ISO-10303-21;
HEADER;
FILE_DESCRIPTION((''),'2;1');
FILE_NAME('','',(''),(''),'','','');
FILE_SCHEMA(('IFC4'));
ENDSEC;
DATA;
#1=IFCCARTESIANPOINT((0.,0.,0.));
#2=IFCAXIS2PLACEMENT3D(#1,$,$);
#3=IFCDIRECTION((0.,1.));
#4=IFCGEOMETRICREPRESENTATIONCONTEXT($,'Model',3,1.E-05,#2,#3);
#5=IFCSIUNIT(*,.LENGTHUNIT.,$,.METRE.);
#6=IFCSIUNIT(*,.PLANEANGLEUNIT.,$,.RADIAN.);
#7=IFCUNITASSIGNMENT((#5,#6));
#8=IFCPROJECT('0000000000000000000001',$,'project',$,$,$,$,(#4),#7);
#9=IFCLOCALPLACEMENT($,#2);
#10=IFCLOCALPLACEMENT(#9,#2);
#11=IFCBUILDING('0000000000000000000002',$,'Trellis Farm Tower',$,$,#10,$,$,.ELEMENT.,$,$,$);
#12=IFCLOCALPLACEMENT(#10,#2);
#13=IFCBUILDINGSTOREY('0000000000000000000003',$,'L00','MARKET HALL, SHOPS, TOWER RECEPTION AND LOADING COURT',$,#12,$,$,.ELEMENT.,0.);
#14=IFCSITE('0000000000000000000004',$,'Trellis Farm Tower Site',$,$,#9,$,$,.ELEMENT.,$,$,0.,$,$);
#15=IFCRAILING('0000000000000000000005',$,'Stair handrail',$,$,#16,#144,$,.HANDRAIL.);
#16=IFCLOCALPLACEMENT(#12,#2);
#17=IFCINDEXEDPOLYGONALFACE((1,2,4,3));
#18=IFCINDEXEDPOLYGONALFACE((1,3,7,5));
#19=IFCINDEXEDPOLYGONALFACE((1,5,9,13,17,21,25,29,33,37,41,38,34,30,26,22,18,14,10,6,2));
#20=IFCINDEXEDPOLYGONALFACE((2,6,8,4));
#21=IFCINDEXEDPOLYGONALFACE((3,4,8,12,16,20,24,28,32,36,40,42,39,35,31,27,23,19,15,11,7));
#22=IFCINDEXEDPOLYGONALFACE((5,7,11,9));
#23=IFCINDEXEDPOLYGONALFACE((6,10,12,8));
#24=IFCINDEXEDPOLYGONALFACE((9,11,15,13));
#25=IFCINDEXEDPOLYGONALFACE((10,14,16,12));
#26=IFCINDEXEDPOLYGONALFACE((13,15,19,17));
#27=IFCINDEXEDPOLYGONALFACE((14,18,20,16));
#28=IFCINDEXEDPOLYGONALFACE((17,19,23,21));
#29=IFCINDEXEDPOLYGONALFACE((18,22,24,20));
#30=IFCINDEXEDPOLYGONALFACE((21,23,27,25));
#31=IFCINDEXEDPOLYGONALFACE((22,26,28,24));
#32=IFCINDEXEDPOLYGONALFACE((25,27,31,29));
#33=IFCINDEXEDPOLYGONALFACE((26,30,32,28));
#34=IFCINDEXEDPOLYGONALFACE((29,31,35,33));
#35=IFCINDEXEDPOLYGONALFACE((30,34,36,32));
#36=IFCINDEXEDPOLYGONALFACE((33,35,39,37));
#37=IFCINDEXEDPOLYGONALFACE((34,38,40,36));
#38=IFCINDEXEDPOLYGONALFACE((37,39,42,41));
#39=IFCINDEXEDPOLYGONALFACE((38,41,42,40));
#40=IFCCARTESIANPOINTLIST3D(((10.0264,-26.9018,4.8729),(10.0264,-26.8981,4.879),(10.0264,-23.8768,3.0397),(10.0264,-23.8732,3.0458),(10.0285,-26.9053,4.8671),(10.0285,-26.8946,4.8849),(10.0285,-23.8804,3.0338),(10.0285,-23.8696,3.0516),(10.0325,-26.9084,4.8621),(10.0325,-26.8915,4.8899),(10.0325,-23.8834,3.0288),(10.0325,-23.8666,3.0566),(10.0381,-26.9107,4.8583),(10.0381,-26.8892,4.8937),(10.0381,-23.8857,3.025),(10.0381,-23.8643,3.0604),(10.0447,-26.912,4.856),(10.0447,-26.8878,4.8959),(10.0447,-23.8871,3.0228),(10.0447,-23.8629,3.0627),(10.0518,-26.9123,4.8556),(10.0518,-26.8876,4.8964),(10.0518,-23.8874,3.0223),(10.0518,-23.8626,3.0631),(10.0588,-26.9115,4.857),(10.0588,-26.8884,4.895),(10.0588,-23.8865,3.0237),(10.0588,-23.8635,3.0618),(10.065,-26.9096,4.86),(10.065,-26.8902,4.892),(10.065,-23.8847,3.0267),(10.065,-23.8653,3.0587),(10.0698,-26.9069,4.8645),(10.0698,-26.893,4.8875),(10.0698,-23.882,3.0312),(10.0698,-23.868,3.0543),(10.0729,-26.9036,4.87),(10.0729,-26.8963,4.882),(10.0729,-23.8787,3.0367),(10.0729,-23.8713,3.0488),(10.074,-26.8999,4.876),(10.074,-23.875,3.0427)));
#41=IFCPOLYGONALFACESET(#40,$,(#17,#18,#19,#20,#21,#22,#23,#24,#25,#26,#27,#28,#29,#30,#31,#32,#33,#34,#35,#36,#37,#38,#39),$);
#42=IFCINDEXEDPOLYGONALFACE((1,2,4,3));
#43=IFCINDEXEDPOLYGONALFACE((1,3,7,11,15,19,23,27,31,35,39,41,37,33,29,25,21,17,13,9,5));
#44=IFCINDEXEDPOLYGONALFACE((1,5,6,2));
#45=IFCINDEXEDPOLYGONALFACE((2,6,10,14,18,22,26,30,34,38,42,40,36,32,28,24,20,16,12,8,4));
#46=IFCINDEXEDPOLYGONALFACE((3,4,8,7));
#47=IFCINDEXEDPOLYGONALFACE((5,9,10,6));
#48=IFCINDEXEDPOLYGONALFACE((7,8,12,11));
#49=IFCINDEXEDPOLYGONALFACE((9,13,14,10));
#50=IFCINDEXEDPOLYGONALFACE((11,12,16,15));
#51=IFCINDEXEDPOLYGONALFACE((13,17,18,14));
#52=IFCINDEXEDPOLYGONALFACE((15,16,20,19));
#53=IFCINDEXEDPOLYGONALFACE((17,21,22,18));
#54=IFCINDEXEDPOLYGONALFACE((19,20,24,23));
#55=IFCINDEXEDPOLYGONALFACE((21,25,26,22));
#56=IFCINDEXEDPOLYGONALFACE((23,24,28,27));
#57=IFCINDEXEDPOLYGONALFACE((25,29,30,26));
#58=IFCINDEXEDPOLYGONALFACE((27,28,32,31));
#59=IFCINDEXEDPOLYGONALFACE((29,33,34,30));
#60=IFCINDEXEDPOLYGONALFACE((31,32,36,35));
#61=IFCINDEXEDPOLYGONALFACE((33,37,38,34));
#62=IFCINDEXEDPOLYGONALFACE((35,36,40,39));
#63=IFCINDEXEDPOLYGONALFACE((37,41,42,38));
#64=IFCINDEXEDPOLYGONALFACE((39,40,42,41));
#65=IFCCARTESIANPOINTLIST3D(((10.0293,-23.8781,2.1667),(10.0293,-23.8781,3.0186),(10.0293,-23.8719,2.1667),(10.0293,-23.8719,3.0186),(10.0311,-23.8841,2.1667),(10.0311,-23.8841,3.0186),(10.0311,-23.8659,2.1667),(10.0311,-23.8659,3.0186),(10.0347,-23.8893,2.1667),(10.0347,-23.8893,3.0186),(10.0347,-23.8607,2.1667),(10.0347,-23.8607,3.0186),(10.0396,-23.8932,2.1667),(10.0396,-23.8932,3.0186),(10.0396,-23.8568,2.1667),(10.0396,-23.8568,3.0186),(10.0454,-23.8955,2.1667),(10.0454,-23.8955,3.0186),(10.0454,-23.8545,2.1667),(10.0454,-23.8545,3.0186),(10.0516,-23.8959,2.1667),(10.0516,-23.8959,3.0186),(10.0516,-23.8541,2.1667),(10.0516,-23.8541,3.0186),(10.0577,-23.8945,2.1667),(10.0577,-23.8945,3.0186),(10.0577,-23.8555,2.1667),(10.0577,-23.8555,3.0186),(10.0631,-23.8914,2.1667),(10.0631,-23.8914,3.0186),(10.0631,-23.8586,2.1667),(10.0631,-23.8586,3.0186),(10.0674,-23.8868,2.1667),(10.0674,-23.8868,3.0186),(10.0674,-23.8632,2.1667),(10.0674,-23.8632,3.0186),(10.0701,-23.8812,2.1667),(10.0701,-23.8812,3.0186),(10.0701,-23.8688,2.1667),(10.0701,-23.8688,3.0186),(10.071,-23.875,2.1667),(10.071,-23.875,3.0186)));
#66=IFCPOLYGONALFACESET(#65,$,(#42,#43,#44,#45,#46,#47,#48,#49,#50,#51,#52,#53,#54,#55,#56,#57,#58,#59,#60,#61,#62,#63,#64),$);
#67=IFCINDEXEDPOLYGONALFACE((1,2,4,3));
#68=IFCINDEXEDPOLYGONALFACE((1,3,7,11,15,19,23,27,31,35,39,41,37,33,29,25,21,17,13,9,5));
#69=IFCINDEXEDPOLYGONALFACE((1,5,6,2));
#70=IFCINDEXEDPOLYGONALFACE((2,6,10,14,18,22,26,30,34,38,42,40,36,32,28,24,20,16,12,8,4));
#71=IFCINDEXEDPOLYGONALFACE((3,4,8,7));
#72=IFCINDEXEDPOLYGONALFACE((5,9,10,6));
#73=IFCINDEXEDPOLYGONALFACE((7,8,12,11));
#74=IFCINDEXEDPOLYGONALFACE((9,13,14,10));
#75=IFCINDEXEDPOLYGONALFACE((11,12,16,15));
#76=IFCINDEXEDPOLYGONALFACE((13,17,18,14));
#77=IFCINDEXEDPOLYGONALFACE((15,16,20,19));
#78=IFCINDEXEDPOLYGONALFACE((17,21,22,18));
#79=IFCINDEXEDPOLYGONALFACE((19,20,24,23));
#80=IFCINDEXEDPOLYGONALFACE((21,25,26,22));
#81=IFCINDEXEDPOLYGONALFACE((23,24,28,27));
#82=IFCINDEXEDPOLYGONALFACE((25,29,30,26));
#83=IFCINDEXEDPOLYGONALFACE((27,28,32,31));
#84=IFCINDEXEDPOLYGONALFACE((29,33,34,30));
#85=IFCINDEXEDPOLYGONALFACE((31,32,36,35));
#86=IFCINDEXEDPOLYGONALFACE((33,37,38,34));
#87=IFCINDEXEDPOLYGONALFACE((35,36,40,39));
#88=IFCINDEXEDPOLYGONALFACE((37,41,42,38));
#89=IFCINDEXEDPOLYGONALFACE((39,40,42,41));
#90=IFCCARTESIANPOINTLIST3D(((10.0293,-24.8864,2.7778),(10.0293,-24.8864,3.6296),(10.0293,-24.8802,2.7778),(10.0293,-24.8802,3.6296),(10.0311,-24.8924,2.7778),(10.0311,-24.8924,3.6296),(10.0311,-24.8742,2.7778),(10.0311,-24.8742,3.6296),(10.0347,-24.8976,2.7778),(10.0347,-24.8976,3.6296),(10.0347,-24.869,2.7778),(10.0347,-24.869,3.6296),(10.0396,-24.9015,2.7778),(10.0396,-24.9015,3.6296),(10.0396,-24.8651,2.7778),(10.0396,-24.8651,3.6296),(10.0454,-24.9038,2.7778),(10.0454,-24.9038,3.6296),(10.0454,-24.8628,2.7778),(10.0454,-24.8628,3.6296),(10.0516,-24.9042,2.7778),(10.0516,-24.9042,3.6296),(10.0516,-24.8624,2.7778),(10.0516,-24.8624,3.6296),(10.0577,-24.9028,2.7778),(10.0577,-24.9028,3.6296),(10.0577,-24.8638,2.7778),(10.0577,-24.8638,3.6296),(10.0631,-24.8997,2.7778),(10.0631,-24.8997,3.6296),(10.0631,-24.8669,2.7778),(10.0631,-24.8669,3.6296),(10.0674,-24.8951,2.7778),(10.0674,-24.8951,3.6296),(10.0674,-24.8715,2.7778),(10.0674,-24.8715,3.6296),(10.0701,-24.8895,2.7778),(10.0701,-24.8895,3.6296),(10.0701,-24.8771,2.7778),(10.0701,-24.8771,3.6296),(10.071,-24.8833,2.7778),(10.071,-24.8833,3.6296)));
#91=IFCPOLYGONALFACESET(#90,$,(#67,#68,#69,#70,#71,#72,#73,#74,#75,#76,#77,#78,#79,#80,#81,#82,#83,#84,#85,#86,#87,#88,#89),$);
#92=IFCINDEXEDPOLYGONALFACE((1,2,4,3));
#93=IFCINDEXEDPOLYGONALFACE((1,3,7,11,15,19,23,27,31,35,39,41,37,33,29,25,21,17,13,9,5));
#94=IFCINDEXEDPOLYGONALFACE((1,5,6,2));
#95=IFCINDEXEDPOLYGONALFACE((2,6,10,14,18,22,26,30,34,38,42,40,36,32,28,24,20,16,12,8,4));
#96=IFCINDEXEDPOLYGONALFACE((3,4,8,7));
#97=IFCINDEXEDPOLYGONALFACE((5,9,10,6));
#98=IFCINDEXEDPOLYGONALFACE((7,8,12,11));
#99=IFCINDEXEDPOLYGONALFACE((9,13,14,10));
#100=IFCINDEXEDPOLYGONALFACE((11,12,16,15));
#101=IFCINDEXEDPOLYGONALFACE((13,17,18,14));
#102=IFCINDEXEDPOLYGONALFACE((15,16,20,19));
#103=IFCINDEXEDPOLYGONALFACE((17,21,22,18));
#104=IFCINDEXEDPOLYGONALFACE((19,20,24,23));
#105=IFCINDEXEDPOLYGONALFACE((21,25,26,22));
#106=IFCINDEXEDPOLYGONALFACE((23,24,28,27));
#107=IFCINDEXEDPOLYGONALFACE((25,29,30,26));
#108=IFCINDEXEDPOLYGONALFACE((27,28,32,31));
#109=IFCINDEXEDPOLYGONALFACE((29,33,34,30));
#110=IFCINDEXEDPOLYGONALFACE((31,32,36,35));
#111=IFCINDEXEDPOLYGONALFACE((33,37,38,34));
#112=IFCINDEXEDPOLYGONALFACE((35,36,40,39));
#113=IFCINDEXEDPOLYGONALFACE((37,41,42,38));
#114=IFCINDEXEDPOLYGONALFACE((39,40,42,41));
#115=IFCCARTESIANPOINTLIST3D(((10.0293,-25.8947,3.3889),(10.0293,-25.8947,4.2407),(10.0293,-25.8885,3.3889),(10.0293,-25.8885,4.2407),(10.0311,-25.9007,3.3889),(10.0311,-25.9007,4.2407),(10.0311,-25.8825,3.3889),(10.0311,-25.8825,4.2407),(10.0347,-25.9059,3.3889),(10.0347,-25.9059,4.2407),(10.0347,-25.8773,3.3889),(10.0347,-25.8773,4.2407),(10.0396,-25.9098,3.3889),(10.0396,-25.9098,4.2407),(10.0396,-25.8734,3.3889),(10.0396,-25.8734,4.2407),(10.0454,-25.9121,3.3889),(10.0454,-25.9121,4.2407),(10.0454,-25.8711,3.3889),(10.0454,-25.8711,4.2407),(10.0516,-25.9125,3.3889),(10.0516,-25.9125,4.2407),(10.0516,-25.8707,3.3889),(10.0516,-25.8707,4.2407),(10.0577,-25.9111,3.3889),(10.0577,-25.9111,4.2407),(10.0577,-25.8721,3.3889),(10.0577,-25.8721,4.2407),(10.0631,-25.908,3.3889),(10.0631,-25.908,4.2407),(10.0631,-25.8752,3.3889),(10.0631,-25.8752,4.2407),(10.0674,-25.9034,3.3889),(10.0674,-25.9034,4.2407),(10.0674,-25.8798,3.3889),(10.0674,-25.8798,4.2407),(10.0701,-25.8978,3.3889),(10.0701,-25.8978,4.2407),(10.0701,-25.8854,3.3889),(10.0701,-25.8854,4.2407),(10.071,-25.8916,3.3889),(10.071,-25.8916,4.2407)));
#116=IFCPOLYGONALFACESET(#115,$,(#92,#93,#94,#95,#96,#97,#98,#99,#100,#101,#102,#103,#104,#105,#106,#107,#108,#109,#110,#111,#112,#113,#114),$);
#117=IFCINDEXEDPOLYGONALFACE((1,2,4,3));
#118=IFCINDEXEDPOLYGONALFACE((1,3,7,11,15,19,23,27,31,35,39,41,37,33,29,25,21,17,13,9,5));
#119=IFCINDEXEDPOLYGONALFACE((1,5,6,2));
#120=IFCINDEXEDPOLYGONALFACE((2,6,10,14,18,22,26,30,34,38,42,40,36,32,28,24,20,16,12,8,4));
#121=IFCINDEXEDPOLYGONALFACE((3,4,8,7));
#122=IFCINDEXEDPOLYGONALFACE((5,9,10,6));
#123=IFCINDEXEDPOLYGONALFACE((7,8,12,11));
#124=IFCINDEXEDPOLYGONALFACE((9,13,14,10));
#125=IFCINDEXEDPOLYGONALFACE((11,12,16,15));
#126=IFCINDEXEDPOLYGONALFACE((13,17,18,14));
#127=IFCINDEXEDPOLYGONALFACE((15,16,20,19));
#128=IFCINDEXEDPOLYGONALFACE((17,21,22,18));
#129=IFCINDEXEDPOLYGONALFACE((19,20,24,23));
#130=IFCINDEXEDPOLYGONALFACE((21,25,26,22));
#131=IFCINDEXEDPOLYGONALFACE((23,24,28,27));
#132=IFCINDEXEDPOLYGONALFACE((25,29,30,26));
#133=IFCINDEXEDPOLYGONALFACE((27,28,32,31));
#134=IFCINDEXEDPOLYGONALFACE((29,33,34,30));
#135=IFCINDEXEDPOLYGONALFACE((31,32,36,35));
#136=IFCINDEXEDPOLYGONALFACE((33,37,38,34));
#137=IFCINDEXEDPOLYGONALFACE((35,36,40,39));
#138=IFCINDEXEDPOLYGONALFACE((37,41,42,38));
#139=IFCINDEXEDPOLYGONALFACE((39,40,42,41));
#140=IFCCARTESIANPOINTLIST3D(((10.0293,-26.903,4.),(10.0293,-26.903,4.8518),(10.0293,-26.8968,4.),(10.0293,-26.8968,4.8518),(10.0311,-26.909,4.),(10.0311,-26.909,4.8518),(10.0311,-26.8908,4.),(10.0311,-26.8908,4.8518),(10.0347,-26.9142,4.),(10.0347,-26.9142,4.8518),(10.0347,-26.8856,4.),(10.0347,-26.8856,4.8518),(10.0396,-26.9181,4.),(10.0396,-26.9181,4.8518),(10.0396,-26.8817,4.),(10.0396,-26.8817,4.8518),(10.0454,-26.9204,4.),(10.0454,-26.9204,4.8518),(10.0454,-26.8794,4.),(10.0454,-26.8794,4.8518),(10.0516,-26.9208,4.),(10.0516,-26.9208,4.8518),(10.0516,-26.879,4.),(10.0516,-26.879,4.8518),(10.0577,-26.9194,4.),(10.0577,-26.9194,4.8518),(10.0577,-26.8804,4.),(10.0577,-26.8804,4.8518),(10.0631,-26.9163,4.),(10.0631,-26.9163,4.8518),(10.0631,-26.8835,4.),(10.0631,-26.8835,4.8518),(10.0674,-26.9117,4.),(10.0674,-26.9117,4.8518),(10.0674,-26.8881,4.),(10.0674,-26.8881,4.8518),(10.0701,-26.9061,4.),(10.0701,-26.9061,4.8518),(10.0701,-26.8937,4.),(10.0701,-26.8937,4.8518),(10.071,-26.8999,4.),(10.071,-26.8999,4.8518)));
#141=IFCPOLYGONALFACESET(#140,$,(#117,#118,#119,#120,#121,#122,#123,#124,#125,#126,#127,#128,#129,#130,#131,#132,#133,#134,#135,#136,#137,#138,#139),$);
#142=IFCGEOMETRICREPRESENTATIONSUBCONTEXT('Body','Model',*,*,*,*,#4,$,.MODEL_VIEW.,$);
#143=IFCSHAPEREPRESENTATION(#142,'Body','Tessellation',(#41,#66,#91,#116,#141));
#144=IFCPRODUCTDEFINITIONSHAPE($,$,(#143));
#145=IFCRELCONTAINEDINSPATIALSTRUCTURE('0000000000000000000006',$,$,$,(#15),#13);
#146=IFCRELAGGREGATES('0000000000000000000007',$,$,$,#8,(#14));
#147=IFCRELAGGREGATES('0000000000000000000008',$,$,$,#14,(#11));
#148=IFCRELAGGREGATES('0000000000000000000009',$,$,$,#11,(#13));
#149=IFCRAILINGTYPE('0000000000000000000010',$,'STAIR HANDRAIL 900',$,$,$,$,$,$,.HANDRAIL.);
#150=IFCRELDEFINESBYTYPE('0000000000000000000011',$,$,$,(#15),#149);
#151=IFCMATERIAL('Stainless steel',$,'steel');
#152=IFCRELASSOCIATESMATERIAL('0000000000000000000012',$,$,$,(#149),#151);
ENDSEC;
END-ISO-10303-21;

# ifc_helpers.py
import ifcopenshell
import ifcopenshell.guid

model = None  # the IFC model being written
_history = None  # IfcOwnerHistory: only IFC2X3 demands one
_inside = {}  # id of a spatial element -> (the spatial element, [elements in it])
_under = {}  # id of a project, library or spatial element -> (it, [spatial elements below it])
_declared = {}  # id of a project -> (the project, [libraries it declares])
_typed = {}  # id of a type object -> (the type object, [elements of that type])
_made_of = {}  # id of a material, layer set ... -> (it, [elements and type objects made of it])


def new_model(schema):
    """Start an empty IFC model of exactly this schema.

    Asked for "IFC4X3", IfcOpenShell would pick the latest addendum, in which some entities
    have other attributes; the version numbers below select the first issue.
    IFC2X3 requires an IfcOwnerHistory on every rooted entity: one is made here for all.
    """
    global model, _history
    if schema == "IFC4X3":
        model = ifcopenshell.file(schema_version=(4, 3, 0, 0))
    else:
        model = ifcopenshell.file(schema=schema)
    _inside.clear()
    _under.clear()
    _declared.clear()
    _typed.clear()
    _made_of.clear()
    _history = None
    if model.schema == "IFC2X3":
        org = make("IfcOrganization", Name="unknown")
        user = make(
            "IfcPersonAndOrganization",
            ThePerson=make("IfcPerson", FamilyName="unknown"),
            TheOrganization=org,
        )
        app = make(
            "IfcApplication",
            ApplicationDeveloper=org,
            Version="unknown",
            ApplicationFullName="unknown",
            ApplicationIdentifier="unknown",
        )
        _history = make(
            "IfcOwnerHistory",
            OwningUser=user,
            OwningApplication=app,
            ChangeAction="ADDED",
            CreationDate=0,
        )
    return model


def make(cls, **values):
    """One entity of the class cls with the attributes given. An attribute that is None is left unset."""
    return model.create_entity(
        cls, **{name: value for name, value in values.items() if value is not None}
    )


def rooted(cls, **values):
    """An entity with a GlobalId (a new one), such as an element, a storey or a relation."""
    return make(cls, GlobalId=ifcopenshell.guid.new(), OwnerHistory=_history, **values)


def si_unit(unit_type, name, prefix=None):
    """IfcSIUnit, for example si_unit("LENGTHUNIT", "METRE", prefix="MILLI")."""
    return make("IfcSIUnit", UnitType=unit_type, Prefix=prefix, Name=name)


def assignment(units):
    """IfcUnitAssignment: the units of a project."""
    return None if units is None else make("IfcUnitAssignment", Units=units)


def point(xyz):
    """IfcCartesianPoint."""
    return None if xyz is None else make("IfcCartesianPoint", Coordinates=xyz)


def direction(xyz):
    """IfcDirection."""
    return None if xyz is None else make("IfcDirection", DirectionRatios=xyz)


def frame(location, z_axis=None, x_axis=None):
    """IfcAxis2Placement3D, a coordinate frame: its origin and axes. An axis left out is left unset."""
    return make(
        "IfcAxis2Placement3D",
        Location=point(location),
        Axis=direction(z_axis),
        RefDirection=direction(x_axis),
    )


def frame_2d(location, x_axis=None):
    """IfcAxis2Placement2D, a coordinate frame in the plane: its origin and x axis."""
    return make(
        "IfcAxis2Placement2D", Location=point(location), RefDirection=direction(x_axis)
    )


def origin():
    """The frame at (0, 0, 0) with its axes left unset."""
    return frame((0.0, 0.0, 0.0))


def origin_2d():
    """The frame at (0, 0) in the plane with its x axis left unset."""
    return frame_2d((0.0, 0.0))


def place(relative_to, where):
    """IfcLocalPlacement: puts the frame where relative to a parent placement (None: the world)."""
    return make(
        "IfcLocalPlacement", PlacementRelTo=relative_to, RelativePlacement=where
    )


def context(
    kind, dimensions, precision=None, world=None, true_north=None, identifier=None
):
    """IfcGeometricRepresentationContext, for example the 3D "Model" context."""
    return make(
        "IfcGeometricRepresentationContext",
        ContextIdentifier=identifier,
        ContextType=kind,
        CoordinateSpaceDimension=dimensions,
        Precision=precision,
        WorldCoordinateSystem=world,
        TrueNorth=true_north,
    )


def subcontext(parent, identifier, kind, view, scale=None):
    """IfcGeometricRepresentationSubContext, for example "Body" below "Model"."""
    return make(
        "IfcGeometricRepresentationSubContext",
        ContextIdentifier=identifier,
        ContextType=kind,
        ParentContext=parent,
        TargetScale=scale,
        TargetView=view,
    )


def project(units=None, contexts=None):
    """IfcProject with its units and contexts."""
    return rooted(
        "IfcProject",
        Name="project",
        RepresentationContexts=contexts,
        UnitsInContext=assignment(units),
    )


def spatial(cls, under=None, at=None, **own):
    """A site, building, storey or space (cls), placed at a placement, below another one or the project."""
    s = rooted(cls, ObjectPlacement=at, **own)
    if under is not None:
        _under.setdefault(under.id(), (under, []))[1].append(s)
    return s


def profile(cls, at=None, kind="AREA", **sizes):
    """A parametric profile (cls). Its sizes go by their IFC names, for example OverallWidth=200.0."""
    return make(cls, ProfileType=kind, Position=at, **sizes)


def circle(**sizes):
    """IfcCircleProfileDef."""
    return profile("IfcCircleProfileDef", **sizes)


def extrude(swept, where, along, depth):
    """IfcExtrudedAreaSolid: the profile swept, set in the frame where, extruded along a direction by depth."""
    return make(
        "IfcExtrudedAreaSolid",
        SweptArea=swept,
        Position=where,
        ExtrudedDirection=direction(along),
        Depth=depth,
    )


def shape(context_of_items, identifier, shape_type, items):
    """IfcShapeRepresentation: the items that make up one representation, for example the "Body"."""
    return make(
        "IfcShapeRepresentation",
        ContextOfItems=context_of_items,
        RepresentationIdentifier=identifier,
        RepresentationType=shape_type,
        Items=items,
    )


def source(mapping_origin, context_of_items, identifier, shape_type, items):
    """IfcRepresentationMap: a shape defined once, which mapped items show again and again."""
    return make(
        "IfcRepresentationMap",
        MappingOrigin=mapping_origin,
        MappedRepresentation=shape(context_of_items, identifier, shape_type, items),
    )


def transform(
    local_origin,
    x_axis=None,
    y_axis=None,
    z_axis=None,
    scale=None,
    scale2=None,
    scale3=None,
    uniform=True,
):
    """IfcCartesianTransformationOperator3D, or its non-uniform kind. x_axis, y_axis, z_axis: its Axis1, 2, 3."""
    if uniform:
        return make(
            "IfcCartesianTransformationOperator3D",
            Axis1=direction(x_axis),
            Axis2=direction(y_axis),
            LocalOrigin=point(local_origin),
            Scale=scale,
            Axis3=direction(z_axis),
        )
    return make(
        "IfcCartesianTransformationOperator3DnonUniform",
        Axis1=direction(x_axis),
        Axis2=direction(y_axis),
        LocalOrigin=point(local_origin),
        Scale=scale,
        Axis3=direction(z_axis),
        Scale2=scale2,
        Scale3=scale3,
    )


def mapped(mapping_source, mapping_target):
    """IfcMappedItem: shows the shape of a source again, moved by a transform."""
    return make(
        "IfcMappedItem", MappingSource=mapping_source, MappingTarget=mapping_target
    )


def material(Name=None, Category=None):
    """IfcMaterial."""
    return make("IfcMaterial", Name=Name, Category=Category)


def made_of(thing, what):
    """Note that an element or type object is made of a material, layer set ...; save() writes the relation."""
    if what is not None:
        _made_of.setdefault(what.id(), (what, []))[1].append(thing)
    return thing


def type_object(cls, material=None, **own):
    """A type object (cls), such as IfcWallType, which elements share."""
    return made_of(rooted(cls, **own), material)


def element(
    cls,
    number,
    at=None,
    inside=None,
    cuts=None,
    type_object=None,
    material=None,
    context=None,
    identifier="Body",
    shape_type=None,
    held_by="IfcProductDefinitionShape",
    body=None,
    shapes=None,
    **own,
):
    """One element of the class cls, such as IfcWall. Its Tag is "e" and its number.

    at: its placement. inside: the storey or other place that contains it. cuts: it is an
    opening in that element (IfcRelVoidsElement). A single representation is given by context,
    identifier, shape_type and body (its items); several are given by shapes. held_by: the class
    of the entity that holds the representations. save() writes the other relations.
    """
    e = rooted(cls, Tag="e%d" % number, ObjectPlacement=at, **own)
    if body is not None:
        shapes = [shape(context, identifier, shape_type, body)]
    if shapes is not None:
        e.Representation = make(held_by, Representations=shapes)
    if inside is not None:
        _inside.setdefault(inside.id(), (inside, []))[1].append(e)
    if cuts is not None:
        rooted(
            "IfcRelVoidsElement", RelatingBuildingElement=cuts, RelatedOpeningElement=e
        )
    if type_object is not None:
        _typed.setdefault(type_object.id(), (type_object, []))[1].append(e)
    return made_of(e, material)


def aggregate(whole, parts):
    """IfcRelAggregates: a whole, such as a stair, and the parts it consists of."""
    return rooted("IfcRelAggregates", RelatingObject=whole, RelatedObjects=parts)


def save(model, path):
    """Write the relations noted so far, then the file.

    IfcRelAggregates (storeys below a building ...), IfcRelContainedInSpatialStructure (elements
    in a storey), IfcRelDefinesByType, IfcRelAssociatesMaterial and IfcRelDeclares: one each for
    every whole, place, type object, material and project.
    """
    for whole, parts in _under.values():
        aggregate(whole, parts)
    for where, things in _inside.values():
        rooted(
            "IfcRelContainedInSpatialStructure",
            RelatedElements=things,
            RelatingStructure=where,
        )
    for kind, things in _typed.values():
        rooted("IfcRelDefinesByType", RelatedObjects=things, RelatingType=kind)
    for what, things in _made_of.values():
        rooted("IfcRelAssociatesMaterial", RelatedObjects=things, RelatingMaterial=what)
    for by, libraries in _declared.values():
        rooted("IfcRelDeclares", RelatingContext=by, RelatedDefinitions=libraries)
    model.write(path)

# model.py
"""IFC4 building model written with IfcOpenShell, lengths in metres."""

from ifc_helpers import new_model, si_unit, direction, frame, origin, origin_2d, place, context, subcontext, project, spatial, circle, extrude, source, transform, mapped, material, type_object, element, save


model = new_model("IFC4")

# Units and contexts
model_context = context("Model", 3, precision=1e-05, world=origin(), true_north=direction((0.0, 1.0)))
body_context = subcontext(model_context, "Body", "Model", "MODEL_VIEW")
ifc_project = project(units=[si_unit("LENGTHUNIT", "METRE"), si_unit("PLANEANGLEUNIT", "RADIAN")], contexts=[model_context])

# Site, building, storey
site_placement = place(None, origin())
site = spatial("IfcSite", under=ifc_project, at=site_placement, Name="Trellis Farm Tower Site", CompositionType="ELEMENT", RefElevation=0.0)
building_placement = place(site_placement, origin())
building = spatial("IfcBuilding", under=site, at=building_placement, Name="Trellis Farm Tower", CompositionType="ELEMENT")
storey_placement = place(building_placement, origin())
storey = spatial("IfcBuildingStorey", under=building, at=storey_placement, Name="L00", Description="MARKET HALL, SHOPS, TOWER RECEPTION AND LOADING COURT", CompositionType="ELEMENT", Elevation=0.0)

# Railing
ifc_material_1 = material(Name="Stainless steel", Category="steel")
railing_type = type_object("IfcRailingType", Name="STAIR HANDRAIL 900", PredefinedType="HANDRAIL", material=ifc_material_1)
shared_shape_1 = source(origin(), body_context, "Body", "SweptSolid", [
    extrude(circle(Radius=0.0239, at=origin_2d()), frame((0.0, 0.0, 0.876), z_axis=(0.0, -0.855201, 0.518297), x_axis=(1.0, 0.0, 0.0)), (0.0, 0.0, 1.0), 3.5371),
    extrude(circle(Radius=0.021, at=origin_2d()), origin(), (0.0, 0.0, 1.0), 0.8518),
    extrude(circle(Radius=0.021, at=origin_2d()), frame((0.0, -1.0083, 0.6111)), (0.0, 0.0, 1.0), 0.8518),
    extrude(circle(Radius=0.021, at=origin_2d()), frame((0.0, -2.0166, 1.2222)), (0.0, 0.0, 1.0), 0.8518),
    extrude(circle(Radius=0.021, at=origin_2d()), frame((0.0, -3.0249, 1.8333)), (0.0, 0.0, 1.0), 0.8518),
])
for number, where, name in (
    (1, (10.05, -23.875, 2.1667), "Stair handrail"),
):
    element("IfcRailing", number, at=place(storey_placement, frame(where)), inside=storey, type_object=railing_type, Name=name, PredefinedType="HANDRAIL", context=body_context, shape_type="MappedRepresentation", body=[
        mapped(shared_shape_1, transform((0.0, 0.0, 0.0))),
    ])

save(model, "model.ifc")
